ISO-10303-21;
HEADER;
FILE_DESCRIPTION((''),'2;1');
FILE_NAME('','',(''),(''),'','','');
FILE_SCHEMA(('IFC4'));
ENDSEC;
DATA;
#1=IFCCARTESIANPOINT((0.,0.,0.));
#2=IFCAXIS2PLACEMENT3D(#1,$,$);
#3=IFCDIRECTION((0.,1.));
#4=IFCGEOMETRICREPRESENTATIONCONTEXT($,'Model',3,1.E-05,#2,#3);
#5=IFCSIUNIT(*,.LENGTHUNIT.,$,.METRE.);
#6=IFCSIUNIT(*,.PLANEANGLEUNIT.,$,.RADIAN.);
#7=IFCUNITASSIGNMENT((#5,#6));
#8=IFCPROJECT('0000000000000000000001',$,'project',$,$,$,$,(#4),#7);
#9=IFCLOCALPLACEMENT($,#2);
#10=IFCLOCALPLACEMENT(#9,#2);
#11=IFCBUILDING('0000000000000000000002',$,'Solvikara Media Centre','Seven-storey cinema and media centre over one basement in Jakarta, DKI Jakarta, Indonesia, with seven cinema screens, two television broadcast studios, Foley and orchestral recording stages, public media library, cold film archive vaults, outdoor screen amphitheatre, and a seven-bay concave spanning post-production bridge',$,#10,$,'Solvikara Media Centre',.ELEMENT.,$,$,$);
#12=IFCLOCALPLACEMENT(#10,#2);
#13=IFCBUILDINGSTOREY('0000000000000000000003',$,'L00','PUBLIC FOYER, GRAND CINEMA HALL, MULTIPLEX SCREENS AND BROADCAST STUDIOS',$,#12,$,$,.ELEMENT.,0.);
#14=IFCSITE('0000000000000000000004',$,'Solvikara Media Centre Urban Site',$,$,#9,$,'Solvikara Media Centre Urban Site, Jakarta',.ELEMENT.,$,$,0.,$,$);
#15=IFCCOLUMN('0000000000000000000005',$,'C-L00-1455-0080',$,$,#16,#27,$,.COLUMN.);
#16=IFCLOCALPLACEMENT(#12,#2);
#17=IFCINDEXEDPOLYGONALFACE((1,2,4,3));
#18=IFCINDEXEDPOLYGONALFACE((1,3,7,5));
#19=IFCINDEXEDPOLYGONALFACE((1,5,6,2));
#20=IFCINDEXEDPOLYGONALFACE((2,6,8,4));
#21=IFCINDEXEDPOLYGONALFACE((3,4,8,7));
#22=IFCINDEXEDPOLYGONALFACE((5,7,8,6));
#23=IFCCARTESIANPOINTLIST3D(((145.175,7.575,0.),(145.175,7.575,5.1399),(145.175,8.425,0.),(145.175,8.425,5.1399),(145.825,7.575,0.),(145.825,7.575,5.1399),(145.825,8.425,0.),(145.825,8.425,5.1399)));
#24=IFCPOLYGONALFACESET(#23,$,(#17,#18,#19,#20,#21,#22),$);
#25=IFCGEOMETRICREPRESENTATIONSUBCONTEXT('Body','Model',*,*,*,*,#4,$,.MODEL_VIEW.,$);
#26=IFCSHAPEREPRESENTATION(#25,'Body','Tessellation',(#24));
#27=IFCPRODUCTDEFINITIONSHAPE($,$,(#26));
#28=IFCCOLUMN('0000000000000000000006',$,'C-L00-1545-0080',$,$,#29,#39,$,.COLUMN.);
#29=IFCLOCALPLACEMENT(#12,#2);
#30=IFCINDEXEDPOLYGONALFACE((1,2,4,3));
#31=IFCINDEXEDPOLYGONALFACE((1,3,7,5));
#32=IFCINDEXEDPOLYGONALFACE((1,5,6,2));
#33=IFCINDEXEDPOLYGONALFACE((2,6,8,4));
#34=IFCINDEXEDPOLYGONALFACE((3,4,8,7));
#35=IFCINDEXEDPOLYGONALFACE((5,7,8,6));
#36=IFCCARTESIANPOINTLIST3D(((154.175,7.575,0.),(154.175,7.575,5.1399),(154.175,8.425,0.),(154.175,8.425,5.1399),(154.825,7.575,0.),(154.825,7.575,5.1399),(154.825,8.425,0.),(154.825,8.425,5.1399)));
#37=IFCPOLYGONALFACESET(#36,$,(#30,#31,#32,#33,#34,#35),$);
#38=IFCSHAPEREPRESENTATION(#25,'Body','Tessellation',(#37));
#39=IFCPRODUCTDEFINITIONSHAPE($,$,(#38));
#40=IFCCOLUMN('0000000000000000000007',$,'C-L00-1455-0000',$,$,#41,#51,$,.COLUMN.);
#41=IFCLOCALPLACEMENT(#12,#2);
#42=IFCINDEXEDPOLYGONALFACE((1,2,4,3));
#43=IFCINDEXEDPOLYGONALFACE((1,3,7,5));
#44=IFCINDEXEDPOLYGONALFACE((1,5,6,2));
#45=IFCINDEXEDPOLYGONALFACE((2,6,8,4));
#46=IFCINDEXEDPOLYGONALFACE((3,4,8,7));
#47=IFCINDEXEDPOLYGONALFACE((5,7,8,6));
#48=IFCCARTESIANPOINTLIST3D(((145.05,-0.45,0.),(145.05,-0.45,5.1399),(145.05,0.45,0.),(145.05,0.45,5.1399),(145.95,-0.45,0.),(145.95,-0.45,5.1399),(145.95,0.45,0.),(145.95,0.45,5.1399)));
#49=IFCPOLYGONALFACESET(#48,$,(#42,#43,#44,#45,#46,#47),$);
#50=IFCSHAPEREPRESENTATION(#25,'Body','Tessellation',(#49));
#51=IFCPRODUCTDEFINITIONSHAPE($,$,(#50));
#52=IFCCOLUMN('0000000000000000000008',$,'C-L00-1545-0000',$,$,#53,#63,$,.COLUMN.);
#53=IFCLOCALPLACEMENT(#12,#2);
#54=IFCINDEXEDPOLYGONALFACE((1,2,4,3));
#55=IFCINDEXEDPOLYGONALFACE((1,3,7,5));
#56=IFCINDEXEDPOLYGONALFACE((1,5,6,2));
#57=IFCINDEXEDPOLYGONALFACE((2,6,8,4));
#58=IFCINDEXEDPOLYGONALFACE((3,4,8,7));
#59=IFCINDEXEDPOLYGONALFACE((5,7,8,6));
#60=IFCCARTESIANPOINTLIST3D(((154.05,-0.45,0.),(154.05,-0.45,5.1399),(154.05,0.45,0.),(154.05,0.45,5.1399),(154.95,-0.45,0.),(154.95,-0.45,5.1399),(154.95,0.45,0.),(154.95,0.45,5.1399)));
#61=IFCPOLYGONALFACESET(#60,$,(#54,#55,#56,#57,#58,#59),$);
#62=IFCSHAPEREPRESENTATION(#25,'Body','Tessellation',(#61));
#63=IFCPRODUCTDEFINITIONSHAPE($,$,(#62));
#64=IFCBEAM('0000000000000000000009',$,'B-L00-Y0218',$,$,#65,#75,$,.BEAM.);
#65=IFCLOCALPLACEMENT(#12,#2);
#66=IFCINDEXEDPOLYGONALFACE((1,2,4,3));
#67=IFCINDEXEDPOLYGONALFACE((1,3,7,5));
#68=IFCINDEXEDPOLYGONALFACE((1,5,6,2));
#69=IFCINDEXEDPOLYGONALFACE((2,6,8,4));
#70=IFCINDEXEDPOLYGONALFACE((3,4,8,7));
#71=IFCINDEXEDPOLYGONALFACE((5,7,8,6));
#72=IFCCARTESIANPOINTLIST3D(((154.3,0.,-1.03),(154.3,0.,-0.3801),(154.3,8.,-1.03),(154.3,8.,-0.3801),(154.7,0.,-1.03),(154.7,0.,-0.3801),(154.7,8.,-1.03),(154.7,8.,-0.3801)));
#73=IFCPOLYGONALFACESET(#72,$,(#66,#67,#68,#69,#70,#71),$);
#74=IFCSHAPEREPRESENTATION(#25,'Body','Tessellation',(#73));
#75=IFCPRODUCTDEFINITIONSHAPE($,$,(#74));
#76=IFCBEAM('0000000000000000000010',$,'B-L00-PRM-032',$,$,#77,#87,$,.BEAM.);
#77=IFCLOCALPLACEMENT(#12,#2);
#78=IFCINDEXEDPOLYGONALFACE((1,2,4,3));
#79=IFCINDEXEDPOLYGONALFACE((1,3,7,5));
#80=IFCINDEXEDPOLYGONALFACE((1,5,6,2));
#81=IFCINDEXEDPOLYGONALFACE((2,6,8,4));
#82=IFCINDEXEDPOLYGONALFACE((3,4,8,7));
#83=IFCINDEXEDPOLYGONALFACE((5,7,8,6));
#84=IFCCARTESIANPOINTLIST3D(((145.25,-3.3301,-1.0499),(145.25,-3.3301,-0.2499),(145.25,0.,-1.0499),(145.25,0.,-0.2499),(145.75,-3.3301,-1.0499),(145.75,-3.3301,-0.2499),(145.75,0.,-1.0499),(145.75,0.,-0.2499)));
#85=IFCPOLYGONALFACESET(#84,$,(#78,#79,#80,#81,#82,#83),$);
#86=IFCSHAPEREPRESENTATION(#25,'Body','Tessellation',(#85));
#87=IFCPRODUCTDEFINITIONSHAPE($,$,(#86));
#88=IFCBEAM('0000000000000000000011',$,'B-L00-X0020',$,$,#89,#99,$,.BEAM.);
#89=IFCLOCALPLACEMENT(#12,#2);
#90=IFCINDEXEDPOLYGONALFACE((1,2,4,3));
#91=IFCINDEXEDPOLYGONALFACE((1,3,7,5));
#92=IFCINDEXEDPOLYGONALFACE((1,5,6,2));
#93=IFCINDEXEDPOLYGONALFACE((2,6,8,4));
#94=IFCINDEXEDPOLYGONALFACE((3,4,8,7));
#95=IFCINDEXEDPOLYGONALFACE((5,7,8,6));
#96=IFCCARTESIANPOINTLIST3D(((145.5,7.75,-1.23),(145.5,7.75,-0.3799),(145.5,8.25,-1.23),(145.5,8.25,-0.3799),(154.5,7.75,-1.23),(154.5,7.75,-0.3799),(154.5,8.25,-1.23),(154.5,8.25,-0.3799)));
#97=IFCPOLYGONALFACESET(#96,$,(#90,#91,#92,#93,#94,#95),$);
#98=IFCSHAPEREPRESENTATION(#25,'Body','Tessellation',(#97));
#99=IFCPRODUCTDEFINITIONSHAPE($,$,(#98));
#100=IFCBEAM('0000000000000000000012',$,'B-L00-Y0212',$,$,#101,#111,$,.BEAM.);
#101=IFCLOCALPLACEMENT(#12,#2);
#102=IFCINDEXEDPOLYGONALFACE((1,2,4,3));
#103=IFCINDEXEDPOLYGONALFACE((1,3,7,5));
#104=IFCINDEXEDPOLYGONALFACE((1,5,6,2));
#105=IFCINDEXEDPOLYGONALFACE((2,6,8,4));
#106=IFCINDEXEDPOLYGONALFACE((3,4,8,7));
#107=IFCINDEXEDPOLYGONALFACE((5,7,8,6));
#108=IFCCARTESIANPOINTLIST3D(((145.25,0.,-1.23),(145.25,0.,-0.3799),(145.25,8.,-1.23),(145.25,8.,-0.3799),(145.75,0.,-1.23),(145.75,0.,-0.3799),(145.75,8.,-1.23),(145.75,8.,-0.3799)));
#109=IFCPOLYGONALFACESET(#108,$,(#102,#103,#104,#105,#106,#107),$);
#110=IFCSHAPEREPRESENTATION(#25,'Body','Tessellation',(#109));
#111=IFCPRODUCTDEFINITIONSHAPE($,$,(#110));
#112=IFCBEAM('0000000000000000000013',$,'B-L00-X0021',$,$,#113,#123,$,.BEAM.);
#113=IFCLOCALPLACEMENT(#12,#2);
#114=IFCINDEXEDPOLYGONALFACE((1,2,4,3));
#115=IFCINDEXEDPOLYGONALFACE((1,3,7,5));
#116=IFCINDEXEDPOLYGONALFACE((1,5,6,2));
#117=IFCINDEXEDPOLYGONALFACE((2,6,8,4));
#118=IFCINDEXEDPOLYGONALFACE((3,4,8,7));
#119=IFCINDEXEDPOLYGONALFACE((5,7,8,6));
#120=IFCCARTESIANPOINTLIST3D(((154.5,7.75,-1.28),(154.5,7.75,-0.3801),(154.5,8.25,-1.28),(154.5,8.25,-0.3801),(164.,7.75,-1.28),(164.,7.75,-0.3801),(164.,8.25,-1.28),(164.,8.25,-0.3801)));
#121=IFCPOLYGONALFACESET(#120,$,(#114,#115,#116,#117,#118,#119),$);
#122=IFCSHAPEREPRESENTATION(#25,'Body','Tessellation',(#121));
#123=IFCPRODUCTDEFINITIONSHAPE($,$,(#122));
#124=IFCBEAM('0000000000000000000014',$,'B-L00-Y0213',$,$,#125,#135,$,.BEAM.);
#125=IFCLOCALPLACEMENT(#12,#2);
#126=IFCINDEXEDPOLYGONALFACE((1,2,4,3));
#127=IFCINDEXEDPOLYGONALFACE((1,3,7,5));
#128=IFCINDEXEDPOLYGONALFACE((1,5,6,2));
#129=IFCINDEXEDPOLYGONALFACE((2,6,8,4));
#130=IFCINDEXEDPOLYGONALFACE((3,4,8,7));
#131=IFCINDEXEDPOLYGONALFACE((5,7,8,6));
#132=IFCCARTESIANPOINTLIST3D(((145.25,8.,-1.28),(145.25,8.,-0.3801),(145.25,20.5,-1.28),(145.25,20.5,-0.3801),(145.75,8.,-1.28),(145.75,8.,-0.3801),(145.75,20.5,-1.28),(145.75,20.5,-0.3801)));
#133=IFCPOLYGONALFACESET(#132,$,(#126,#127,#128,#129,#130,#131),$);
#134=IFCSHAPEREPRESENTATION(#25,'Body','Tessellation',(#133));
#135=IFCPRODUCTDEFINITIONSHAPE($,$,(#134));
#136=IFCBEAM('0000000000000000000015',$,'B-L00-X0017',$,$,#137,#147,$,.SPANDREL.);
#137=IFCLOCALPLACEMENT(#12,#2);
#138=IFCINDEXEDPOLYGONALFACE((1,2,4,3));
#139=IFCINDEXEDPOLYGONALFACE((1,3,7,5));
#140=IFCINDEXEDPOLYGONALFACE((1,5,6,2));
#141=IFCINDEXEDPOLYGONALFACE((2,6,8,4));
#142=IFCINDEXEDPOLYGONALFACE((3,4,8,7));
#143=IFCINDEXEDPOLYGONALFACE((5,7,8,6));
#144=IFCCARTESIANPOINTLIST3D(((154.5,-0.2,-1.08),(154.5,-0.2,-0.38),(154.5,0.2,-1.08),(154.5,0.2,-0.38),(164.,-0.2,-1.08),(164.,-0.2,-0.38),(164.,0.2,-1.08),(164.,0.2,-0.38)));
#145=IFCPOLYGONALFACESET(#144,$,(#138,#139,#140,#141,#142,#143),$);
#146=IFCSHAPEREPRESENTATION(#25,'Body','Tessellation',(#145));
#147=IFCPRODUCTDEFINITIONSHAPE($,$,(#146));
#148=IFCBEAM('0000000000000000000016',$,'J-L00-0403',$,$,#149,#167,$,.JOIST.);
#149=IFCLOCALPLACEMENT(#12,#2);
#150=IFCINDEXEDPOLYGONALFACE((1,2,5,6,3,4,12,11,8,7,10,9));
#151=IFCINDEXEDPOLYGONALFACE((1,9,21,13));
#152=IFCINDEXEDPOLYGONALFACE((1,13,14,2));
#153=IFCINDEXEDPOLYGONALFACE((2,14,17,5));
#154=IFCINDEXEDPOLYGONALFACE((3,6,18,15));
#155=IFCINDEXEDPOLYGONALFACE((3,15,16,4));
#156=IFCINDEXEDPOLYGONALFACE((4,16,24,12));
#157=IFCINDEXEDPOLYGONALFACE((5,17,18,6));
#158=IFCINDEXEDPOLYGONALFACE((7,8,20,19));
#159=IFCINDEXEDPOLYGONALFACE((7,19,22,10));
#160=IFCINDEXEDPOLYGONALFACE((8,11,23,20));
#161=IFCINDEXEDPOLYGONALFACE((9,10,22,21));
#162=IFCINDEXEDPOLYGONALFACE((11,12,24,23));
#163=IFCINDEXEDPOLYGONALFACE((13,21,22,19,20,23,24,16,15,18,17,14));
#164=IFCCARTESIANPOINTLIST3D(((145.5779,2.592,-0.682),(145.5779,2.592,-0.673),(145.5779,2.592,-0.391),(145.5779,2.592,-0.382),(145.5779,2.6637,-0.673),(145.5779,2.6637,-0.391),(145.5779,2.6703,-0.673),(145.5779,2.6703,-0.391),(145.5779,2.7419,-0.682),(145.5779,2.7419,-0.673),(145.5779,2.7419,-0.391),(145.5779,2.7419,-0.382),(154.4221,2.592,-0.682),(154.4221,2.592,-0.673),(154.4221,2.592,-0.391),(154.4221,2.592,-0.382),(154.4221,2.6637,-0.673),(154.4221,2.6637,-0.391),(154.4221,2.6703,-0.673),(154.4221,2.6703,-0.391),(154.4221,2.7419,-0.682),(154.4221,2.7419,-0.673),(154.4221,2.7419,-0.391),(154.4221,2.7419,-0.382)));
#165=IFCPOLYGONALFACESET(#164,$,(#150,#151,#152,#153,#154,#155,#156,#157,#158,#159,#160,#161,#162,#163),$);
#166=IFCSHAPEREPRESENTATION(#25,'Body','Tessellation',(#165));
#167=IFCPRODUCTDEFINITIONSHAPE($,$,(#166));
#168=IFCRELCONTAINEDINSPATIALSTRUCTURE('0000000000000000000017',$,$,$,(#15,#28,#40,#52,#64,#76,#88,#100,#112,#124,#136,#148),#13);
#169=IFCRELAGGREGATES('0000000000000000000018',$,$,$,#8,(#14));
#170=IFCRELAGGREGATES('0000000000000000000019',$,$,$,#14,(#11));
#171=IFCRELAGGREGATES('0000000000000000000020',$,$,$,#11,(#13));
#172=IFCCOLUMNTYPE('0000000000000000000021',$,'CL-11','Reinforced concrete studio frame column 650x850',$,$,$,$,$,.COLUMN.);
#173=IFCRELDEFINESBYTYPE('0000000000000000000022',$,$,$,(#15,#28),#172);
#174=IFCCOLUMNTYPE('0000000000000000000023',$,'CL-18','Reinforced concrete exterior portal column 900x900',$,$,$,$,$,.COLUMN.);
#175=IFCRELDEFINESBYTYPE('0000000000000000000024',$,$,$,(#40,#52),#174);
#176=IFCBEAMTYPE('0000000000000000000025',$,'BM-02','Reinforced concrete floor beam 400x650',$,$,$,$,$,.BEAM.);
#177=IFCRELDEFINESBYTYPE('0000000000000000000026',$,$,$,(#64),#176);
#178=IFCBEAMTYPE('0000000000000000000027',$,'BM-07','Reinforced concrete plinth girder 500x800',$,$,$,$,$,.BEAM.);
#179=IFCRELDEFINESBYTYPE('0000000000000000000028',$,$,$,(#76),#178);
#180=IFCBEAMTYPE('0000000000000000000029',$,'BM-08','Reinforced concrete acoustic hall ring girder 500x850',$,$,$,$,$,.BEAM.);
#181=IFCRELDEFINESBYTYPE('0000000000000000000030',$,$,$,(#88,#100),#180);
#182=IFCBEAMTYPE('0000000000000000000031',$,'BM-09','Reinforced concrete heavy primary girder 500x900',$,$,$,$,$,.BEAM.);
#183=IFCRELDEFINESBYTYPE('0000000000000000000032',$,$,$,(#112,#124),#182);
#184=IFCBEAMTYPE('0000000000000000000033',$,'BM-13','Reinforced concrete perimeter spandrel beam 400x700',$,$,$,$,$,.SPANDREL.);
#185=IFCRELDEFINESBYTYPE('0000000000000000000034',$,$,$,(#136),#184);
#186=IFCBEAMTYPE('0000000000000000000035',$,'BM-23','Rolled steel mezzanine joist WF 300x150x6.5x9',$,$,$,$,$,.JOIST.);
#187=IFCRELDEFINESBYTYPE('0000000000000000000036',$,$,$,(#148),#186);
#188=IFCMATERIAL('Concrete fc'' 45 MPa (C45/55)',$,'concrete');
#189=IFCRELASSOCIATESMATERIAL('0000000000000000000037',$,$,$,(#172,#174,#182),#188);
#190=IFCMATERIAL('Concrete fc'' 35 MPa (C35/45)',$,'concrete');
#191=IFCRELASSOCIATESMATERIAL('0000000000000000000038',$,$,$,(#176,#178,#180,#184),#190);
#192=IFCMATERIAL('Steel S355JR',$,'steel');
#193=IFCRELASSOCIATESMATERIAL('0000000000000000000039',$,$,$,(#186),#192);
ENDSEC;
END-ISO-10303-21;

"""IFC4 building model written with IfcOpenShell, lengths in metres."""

from ifc_helpers import new_model, si_unit, direction, frame, origin, origin_2d, place, context, subcontext, project, spatial, rectangle, i_section, extrude, material, material_profile, profile_set, type_object, element, save


model = new_model("IFC4")

# Units and contexts
model_context = context("Model", 3, precision=1e-05, world=origin(), true_north=direction((0.0, 1.0)))
body_context = subcontext(model_context, "Body", "Model", "MODEL_VIEW")
ifc_project = project(units=[si_unit("LENGTHUNIT", "METRE"), si_unit("PLANEANGLEUNIT", "RADIAN")], contexts=[model_context])

# Site, building, storey
site_placement = place(None, origin())
site = spatial("IfcSite", under=ifc_project, at=site_placement, Name="Solvikara Media Centre Urban Site", LongName="Solvikara Media Centre Urban Site, Jakarta", CompositionType="ELEMENT", RefElevation=0.0)
building_placement = place(site_placement, origin())
building = spatial("IfcBuilding", under=site, at=building_placement, Name="Solvikara Media Centre", Description="Seven-storey cinema and media centre over one basement in Jakarta, DKI Jakarta, Indonesia, with seven cinema screens, two television broadcast studios, Foley and orchestral recording stages, public media library, cold film archive vaults, outdoor screen amphitheatre, and a seven-bay concave spanning post-production bridge", LongName="Solvikara Media Centre", CompositionType="ELEMENT")
storey_placement = place(building_placement, origin())
storey = spatial("IfcBuildingStorey", under=building, at=storey_placement, Name="L00", Description="PUBLIC FOYER, GRAND CINEMA HALL, MULTIPLEX SCREENS AND BROADCAST STUDIOS", CompositionType="ELEMENT", Elevation=0.0)

# Columns
ifc_material_1 = material(Name="Concrete fc' 45 MPa (C45/55)", Category="concrete")
ifc_material_profile_1 = material_profile(ifc_material_1, rectangle(XDim=0.6499, YDim=0.8501, at=origin_2d()), Name="RC 650x850")
ifc_profile_set_1 = profile_set([ifc_material_profile_1], Name="Concrete fc' 45 MPa (C45/55)")
column_type_1 = type_object("IfcColumnType", Name="CL-11", Description="Reinforced concrete studio frame column 650x850", PredefinedType="COLUMN", material=ifc_profile_set_1)
for number, where, z_axis, x_axis, name in (
    (1, (145.5, 8.0, 0.0), (0.0, 0.0, 1.0), (1.0, 0.0, 0.0), "C-L00-1455-0080"),
    (2, (154.5, 8.0, 0.0), (0.0, 0.0, 1.0), (1.0, 0.0, 0.0), "C-L00-1545-0080"),
):
    element("IfcColumn", number, at=place(storey_placement, frame(where, z_axis=z_axis, x_axis=x_axis)), inside=storey, type_object=column_type_1, Name=name, PredefinedType="COLUMN", context=body_context, shape_type="SweptSolid", body=[
        extrude(rectangle(XDim=0.6499, YDim=0.8501, at=origin_2d()), origin(), (0.0, 0.0, 1.0), 5.1399),
    ])
ifc_material_profile_2 = material_profile(ifc_material_1, rectangle(XDim=0.8999, YDim=0.8999, at=origin_2d()), Name="RC 900x900")
ifc_profile_set_2 = profile_set([ifc_material_profile_2], Name="Concrete fc' 45 MPa (C45/55)")
column_type_2 = type_object("IfcColumnType", Name="CL-18", Description="Reinforced concrete exterior portal column 900x900", PredefinedType="COLUMN", material=ifc_profile_set_2)
for number, where, z_axis, x_axis, name in (
    (3, (145.5, 0.0, 0.0), (0.0, 0.0, 1.0), (1.0, 0.0, 0.0), "C-L00-1455-0000"),
    (4, (154.5, 0.0, 0.0), (0.0, 0.0, 1.0), (1.0, 0.0, 0.0), "C-L00-1545-0000"),
):
    element("IfcColumn", number, at=place(storey_placement, frame(where, z_axis=z_axis, x_axis=x_axis)), inside=storey, type_object=column_type_2, Name=name, PredefinedType="COLUMN", context=body_context, shape_type="SweptSolid", body=[
        extrude(rectangle(XDim=0.8999, YDim=0.8999, at=origin_2d()), origin(), (0.0, 0.0, 1.0), 5.1399),
    ])

# Beams
ifc_material_2 = material(Name="Concrete fc' 35 MPa (C35/45)", Category="concrete")
ifc_material_profile_3 = material_profile(ifc_material_2, rectangle(XDim=0.3999, YDim=0.6499, at=origin_2d()), Name="RC 400x650")
ifc_profile_set_3 = profile_set([ifc_material_profile_3], Name="Concrete fc' 35 MPa (C35/45)")
beam_type_1 = type_object("IfcBeamType", Name="BM-02", Description="Reinforced concrete floor beam 400x650", PredefinedType="BEAM", material=ifc_profile_set_3)
beam_1_placement = place(storey_placement, frame((154.5, 0.0, -0.7051), z_axis=(0.0, 1.0, 0.0), x_axis=(-1.0, 0.0, 0.0)))
element("IfcBeam", 5, at=beam_1_placement, inside=storey, type_object=beam_type_1, Name="B-L00-Y0218", PredefinedType="BEAM", context=body_context, shape_type="SweptSolid", body=[
    extrude(rectangle(XDim=0.3999, YDim=0.6499, at=origin_2d()), origin(), (0.0, 0.0, 1.0), 8.0),
])
ifc_material_profile_4 = material_profile(ifc_material_2, rectangle(XDim=0.5, YDim=0.8, at=origin_2d()), Name="RC 500x800")
ifc_profile_set_4 = profile_set([ifc_material_profile_4], Name="Concrete fc' 35 MPa (C35/45)")
beam_type_2 = type_object("IfcBeamType", Name="BM-07", Description="Reinforced concrete plinth girder 500x800", PredefinedType="BEAM", material=ifc_profile_set_4)
beam_2_placement = place(storey_placement, frame((145.5, -3.3301, -0.6499), z_axis=(0.0, 1.0, 0.0), x_axis=(-1.0, 0.0, 0.0)))
element("IfcBeam", 6, at=beam_2_placement, inside=storey, type_object=beam_type_2, Name="B-L00-PRM-032", PredefinedType="BEAM", context=body_context, shape_type="SweptSolid", body=[
    extrude(rectangle(XDim=0.5, YDim=0.8, at=origin_2d()), origin(), (0.0, 0.0, 1.0), 3.3301),
])
ifc_material_profile_5 = material_profile(ifc_material_2, rectangle(XDim=0.5, YDim=0.8501, at=origin_2d()), Name="RC 500x850")
ifc_profile_set_5 = profile_set([ifc_material_profile_5], Name="Concrete fc' 35 MPa (C35/45)")
beam_type_3 = type_object("IfcBeamType", Name="BM-08", Description="Reinforced concrete acoustic hall ring girder 500x850", PredefinedType="BEAM", material=ifc_profile_set_5)
beam_3_placement = place(storey_placement, frame((145.5, 8.0, -0.8049), z_axis=(1.0, 0.0, 0.0), x_axis=(0.0, 1.0, 0.0)))
element("IfcBeam", 7, at=beam_3_placement, inside=storey, type_object=beam_type_3, Name="B-L00-X0020", PredefinedType="BEAM", context=body_context, shape_type="SweptSolid", body=[
    extrude(rectangle(XDim=0.5, YDim=0.8501, at=origin_2d()), origin(), (0.0, 0.0, 1.0), 9.0),
])
beam_4_placement = place(storey_placement, frame((145.5, 0.0, -0.8049), z_axis=(0.0, 1.0, 0.0), x_axis=(-1.0, 0.0, 0.0)))
element("IfcBeam", 8, at=beam_4_placement, inside=storey, type_object=beam_type_3, Name="B-L00-Y0212", PredefinedType="BEAM", context=body_context, shape_type="SweptSolid", body=[
    extrude(rectangle(XDim=0.5, YDim=0.8501, at=origin_2d()), origin(), (0.0, 0.0, 1.0), 8.0),
])
ifc_material_profile_6 = material_profile(ifc_material_1, rectangle(XDim=0.5, YDim=0.8999, at=origin_2d()), Name="RC 500x900")
ifc_profile_set_6 = profile_set([ifc_material_profile_6], Name="Concrete fc' 45 MPa (C45/55)")
beam_type_4 = type_object("IfcBeamType", Name="BM-09", Description="Reinforced concrete heavy primary girder 500x900", PredefinedType="BEAM", material=ifc_profile_set_6)
beam_5_placement = place(storey_placement, frame((154.5, 8.0, -0.8301), z_axis=(1.0, 0.0, 0.0), x_axis=(0.0, 1.0, 0.0)))
element("IfcBeam", 9, at=beam_5_placement, inside=storey, type_object=beam_type_4, Name="B-L00-X0021", PredefinedType="BEAM", context=body_context, shape_type="SweptSolid", body=[
    extrude(rectangle(XDim=0.5, YDim=0.8999, at=origin_2d()), origin(), (0.0, 0.0, 1.0), 9.5),
])
beam_6_placement = place(storey_placement, frame((145.5, 8.0, -0.8301), z_axis=(0.0, 1.0, 0.0), x_axis=(-1.0, 0.0, 0.0)))
element("IfcBeam", 10, at=beam_6_placement, inside=storey, type_object=beam_type_4, Name="B-L00-Y0213", PredefinedType="BEAM", context=body_context, shape_type="SweptSolid", body=[
    extrude(rectangle(XDim=0.5, YDim=0.8999, at=origin_2d()), origin(), (0.0, 0.0, 1.0), 12.5),
])
ifc_material_profile_7 = material_profile(ifc_material_2, rectangle(XDim=0.3999, YDim=0.7, at=origin_2d()), Name="RC 400x700")
ifc_profile_set_7 = profile_set([ifc_material_profile_7], Name="Concrete fc' 35 MPa (C35/45)")
beam_type_5 = type_object("IfcBeamType", Name="BM-13", Description="Reinforced concrete perimeter spandrel beam 400x700", PredefinedType="SPANDREL", material=ifc_profile_set_7)
beam_7_placement = place(storey_placement, frame((154.5, 0.0, -0.73), z_axis=(1.0, 0.0, 0.0), x_axis=(0.0, 1.0, 0.0)))
element("IfcBeam", 11, at=beam_7_placement, inside=storey, type_object=beam_type_5, Name="B-L00-X0017", PredefinedType="SPANDREL", context=body_context, shape_type="SweptSolid", body=[
    extrude(rectangle(XDim=0.3999, YDim=0.7, at=origin_2d()), origin(), (0.0, 0.0, 1.0), 9.5),
])
ifc_material_3 = material(Name="Steel S355JR", Category="steel")
ifc_material_profile_8 = material_profile(ifc_material_3, i_section(OverallWidth=0.1499, OverallDepth=0.3, WebThickness=0.0066, FlangeThickness=0.009, at=origin_2d()), Name="WF 300x150x6.5x9")
ifc_profile_set_8 = profile_set([ifc_material_profile_8], Name="Steel S355JR")
beam_type_6 = type_object("IfcBeamType", Name="BM-23", Description="Rolled steel mezzanine joist WF 300x150x6.5x9", PredefinedType="JOIST", material=ifc_profile_set_8)
beam_8_placement = place(storey_placement, frame((145.5779, 2.667, -0.532), z_axis=(1.0, 0.0, 0.0), x_axis=(0.0, 1.0, 0.0)))
element("IfcBeam", 12, at=beam_8_placement, inside=storey, type_object=beam_type_6, Name="J-L00-0403", PredefinedType="JOIST", context=body_context, shape_type="SweptSolid", body=[
    extrude(i_section(OverallWidth=0.1499, OverallDepth=0.3, WebThickness=0.0066, FlangeThickness=0.009, at=origin_2d()), origin(), (0.0, 0.0, 1.0), 8.8442),
])

save(model, "model.ifc")
